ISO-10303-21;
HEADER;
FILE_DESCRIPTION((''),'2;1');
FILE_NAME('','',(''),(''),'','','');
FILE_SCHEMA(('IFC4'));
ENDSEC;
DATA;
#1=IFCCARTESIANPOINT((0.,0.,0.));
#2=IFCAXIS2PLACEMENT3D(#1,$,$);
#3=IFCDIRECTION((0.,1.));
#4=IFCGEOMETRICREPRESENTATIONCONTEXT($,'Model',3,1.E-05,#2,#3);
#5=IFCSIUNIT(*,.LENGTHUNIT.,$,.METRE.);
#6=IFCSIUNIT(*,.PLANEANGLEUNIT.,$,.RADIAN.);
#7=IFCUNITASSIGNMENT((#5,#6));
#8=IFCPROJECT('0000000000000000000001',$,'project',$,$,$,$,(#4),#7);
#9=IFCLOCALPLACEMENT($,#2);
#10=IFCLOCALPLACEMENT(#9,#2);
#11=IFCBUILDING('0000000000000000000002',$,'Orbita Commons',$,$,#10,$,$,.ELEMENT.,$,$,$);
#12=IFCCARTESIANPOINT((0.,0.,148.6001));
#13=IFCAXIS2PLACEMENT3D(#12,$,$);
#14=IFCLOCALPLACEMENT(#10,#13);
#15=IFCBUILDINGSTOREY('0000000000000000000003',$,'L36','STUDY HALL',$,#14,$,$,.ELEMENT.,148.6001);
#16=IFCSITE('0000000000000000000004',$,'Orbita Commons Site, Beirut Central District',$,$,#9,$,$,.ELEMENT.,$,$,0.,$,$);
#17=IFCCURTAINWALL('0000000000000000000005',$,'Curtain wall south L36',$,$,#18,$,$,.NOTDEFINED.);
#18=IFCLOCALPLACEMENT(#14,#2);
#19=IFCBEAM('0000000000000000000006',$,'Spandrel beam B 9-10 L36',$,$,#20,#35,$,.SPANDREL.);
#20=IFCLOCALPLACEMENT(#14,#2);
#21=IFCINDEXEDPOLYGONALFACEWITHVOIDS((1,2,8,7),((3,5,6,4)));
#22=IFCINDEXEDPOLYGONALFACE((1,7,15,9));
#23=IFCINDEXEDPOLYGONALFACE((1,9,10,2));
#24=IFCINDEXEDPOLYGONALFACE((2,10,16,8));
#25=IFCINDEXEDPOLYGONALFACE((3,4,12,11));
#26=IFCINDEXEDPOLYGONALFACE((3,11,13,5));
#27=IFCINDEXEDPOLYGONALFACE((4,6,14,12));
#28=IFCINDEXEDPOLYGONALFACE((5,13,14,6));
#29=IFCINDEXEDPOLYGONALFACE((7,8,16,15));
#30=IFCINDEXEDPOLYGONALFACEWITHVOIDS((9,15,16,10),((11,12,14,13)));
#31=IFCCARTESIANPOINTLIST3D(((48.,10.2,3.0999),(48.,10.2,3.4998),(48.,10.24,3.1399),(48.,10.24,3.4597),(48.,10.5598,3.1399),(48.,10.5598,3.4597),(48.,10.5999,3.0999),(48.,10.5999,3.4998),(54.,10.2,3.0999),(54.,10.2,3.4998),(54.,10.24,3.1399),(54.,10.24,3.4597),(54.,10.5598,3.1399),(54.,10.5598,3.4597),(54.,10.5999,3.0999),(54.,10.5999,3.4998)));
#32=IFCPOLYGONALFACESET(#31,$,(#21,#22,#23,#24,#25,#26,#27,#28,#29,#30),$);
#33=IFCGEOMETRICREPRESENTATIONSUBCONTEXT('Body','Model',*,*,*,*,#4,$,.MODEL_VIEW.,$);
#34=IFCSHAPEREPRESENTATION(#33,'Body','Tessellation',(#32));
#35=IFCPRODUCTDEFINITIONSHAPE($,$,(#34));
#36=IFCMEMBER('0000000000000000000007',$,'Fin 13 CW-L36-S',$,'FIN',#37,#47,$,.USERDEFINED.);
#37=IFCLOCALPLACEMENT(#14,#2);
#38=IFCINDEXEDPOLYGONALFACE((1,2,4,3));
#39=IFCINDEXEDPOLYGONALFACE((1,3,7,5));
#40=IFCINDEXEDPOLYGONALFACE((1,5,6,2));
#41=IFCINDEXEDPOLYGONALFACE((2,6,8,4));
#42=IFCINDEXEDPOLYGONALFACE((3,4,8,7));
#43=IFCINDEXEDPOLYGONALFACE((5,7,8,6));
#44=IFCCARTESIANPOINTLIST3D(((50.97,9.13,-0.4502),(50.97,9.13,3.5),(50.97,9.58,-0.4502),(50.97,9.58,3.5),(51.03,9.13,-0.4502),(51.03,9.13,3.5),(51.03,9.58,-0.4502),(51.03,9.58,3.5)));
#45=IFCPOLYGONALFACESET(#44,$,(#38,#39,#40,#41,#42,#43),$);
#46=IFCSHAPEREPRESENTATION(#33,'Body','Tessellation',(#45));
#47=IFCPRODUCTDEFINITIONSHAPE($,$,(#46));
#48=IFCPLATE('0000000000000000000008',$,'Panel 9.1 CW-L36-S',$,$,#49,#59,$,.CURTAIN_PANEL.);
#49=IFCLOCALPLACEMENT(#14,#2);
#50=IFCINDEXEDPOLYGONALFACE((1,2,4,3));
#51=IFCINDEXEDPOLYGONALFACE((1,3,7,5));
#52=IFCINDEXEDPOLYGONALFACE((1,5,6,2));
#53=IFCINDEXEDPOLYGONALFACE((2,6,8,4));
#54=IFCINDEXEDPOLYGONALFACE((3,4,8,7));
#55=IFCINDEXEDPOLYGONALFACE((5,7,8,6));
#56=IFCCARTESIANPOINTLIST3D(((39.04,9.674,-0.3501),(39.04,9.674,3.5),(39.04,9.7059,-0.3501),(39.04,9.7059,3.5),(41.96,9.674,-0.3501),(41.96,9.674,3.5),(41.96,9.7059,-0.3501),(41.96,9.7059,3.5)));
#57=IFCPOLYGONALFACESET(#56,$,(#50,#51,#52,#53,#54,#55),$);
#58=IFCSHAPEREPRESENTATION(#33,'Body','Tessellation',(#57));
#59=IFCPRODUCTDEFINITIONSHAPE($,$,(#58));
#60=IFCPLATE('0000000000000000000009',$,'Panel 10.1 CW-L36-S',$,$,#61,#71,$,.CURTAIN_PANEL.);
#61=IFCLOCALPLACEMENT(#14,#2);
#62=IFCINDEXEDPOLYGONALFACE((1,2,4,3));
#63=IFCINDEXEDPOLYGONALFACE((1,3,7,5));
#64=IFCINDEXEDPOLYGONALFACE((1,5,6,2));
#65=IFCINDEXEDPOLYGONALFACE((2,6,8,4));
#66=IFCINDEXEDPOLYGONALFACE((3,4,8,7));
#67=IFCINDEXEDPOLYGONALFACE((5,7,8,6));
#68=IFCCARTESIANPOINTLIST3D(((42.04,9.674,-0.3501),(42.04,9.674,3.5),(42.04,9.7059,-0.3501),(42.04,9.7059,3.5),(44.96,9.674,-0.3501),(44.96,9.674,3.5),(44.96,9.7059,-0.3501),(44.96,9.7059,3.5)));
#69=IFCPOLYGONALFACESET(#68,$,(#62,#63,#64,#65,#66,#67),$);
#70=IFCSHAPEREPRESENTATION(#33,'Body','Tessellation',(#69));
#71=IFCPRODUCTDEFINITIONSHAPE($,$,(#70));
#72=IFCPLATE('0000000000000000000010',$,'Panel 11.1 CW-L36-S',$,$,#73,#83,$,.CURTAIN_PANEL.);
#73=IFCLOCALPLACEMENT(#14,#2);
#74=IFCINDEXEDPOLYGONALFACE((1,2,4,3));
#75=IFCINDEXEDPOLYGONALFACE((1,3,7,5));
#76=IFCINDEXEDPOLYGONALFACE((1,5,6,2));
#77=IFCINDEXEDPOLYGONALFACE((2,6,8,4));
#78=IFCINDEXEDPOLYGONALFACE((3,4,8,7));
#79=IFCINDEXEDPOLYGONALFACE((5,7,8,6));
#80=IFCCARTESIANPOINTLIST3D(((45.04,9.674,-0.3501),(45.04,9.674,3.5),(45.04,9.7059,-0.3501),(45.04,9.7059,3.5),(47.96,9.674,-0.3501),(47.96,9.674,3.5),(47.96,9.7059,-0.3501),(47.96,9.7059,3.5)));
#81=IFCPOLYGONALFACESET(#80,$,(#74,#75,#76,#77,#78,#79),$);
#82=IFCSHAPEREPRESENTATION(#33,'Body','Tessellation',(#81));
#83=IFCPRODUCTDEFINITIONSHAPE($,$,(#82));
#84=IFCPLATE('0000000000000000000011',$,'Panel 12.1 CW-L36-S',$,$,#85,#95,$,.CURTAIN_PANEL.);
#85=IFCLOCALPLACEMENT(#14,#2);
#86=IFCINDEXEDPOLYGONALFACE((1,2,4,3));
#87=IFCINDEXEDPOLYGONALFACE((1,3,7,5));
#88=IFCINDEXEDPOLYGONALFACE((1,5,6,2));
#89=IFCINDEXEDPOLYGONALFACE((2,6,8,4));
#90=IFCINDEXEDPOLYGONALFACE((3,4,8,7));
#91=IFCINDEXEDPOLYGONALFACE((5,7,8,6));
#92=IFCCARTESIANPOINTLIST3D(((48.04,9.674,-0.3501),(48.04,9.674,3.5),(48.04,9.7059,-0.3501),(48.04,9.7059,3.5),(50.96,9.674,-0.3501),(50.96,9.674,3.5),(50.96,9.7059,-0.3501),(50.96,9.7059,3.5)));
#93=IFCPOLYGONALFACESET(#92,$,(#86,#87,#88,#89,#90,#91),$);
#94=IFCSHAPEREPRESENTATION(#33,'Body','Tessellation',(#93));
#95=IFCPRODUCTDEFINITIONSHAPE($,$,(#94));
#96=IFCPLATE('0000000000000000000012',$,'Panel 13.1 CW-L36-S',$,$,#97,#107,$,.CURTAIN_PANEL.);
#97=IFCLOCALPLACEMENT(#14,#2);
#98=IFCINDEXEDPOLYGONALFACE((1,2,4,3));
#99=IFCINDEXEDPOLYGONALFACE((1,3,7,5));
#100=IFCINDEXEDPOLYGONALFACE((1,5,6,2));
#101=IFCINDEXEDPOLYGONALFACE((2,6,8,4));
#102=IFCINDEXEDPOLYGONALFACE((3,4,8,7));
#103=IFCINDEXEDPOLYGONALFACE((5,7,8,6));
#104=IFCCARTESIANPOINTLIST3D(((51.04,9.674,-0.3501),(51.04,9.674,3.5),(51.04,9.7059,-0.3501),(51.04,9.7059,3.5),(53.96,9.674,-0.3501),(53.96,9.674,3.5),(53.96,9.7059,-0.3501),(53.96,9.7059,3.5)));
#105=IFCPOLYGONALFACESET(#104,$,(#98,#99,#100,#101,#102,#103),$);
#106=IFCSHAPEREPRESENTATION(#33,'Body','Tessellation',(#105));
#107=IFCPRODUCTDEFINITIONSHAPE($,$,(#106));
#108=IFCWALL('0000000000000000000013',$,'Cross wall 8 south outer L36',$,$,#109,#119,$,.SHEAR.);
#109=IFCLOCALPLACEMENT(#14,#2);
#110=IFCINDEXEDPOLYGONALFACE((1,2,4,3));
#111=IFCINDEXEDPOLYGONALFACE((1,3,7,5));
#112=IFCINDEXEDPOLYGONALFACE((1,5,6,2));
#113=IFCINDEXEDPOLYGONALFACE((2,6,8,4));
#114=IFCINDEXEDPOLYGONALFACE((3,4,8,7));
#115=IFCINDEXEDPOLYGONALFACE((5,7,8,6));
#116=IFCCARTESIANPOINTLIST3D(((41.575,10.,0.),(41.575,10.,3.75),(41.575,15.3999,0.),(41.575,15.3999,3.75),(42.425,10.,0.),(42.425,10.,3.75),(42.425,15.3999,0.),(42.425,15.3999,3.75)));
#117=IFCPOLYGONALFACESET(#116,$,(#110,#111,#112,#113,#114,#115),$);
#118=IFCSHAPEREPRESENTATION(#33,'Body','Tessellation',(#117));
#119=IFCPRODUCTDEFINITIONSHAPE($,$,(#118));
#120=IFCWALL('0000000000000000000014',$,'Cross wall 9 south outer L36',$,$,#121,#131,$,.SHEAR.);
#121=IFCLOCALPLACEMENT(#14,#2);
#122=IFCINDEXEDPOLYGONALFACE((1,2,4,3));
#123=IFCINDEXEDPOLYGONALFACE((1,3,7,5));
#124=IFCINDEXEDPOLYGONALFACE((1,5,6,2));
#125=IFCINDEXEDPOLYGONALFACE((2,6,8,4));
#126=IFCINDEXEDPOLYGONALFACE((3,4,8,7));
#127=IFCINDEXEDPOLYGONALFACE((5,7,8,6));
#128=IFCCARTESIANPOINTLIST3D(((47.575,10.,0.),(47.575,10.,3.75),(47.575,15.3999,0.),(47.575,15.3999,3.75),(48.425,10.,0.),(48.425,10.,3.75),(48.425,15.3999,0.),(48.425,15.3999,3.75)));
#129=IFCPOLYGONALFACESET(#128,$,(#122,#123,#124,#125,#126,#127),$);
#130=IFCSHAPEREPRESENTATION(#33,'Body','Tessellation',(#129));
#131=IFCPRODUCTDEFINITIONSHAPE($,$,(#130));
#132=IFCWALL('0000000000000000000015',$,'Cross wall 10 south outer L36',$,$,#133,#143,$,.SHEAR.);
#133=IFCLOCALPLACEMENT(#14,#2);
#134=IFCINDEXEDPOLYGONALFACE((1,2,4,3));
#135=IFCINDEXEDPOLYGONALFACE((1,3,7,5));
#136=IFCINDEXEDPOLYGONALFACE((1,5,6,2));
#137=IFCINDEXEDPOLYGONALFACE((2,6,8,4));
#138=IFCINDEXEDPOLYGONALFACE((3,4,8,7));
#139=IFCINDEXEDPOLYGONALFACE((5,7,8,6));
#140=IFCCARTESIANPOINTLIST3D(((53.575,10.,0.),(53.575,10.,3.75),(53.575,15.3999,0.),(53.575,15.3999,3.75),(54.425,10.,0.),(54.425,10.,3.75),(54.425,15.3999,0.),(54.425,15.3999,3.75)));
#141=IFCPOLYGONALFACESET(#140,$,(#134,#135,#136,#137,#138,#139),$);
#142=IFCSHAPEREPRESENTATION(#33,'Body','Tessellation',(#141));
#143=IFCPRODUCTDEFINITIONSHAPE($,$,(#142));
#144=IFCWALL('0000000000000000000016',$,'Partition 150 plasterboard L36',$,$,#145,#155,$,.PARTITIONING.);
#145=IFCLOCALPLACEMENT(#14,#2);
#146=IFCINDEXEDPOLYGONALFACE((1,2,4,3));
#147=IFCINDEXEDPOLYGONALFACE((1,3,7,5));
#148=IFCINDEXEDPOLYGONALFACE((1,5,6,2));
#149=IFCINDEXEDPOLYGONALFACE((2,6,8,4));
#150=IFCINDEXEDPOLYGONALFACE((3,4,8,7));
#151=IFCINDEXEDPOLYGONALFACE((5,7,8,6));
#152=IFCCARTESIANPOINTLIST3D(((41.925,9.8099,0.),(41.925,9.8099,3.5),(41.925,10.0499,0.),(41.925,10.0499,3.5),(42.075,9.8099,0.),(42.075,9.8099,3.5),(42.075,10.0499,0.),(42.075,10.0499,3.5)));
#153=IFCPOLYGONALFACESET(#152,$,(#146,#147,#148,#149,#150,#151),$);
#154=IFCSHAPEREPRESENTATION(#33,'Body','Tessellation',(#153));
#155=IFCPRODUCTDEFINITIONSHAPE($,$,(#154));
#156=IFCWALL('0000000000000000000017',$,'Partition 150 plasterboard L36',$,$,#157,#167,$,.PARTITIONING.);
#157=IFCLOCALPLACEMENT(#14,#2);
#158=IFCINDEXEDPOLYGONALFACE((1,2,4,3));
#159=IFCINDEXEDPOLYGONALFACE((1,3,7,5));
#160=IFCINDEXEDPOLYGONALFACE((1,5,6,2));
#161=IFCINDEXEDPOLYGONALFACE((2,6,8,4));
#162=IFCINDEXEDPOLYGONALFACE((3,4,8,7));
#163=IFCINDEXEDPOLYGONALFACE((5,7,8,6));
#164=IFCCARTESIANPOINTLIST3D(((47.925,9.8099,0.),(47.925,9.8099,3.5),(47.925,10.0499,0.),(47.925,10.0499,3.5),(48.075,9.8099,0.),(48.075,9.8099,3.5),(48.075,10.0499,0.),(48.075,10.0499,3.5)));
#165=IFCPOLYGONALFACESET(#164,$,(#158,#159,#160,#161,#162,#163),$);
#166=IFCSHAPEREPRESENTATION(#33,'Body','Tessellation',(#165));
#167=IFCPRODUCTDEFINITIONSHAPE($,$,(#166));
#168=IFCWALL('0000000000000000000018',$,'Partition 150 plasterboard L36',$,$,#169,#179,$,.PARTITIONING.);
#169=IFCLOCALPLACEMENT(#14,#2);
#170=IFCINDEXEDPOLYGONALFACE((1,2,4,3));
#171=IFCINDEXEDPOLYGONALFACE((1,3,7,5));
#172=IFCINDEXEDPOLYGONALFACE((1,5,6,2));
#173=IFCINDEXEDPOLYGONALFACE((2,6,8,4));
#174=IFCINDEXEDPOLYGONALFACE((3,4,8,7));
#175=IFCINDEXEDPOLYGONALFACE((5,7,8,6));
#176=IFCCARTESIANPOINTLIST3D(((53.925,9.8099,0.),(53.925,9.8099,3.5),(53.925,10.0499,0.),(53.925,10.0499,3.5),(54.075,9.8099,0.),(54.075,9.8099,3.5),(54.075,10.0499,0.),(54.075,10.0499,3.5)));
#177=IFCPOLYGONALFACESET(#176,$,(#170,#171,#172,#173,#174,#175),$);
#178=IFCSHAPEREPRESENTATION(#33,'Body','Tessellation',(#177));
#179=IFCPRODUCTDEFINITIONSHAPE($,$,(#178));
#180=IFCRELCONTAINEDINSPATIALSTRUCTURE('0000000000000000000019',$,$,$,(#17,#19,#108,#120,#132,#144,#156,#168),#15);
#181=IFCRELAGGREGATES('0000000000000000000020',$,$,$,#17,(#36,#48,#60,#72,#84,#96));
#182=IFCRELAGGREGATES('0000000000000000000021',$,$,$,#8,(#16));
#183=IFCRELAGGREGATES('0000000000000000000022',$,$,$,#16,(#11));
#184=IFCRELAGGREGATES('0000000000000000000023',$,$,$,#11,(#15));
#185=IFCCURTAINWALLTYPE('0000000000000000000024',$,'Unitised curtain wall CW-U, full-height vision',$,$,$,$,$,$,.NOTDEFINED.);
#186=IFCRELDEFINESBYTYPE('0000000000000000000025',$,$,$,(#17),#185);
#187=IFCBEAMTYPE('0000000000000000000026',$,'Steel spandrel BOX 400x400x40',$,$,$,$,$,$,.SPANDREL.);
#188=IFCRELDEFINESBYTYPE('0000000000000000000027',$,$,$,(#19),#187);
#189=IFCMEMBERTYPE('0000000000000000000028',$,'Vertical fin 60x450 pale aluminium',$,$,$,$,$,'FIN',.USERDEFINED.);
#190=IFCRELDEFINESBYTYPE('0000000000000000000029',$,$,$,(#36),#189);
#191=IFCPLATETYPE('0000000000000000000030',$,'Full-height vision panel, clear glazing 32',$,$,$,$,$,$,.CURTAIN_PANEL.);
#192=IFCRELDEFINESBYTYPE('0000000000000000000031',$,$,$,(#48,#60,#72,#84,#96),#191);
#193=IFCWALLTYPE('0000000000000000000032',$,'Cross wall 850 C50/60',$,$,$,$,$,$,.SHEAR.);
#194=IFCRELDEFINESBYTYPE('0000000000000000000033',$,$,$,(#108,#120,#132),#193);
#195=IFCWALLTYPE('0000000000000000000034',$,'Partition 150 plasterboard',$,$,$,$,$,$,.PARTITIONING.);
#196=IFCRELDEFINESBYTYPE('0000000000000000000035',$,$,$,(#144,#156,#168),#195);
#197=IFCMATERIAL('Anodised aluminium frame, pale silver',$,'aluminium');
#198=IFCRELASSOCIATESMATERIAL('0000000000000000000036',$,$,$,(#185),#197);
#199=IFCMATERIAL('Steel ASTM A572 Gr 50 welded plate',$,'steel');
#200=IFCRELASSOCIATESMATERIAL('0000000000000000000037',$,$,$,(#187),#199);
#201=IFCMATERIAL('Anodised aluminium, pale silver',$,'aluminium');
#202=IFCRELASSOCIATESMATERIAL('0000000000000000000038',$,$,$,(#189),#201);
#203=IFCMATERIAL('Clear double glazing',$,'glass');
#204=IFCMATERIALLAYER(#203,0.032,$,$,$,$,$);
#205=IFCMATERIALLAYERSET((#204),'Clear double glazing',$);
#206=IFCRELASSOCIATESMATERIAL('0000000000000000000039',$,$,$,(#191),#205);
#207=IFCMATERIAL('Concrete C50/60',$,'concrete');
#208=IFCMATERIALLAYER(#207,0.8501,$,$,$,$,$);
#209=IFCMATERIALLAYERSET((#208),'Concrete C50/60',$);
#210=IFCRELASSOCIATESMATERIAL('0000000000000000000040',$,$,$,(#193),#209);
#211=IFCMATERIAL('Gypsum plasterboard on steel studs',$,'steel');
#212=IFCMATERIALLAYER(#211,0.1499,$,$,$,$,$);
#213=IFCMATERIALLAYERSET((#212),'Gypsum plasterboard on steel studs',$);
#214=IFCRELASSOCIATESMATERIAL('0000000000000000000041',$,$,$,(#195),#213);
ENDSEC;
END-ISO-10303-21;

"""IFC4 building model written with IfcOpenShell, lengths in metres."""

from ifc_helpers import new_model, si_unit, direction, frame, frame_2d, origin, origin_2d, place, context, subcontext, project, spatial, rectangle, hollow_rectangle, extrude, material, layer, layer_set, material_profile, profile_set, type_object, element, aggregate, save


model = new_model("IFC4")

# Units and contexts
model_context = context("Model", 3, precision=1e-05, world=origin(), true_north=direction((0.0, 1.0)))
body_context = subcontext(model_context, "Body", "Model", "MODEL_VIEW")
ifc_project = project(units=[si_unit("LENGTHUNIT", "METRE"), si_unit("PLANEANGLEUNIT", "RADIAN")], contexts=[model_context])

# Site, building, storey
site_placement = place(None, origin())
site = spatial("IfcSite", under=ifc_project, at=site_placement, Name="Orbita Commons Site, Beirut Central District", CompositionType="ELEMENT", RefElevation=0.0)
building_placement = place(site_placement, origin())
building = spatial("IfcBuilding", under=site, at=building_placement, Name="Orbita Commons", CompositionType="ELEMENT")
storey_placement = place(building_placement, frame((0.0, 0.0, 148.6001)))
storey = spatial("IfcBuildingStorey", under=building, at=storey_placement, Name="L36", Description="STUDY HALL", CompositionType="ELEMENT", Elevation=148.6001)

# Curtain wall
ifc_material_1 = material(Name="Anodised aluminium frame, pale silver", Category="aluminium")
curtain_wall_type = type_object("IfcCurtainWallType", Name="Unitised curtain wall CW-U, full-height vision", PredefinedType="NOTDEFINED", material=ifc_material_1)
curtain_wall_placement = place(storey_placement, origin())
curtain_wall = element("IfcCurtainWall", 1, at=curtain_wall_placement, inside=storey, type_object=curtain_wall_type, Name="Curtain wall south L36", PredefinedType="NOTDEFINED")

# Beam
ifc_material_2 = material(Name="Steel ASTM A572 Gr 50 welded plate", Category="steel")
ifc_material_profile_1 = material_profile(ifc_material_2, hollow_rectangle(XDim=0.3999, YDim=0.3999, WallThickness=0.04, at=origin_2d()), Name="BOX 400x400x40")
ifc_profile_set_1 = profile_set([ifc_material_profile_1], Name="Steel ASTM A572 Gr 50 welded plate")
beam_type = type_object("IfcBeamType", Name="Steel spandrel BOX 400x400x40", PredefinedType="SPANDREL", material=ifc_profile_set_1)
for number, where, z_axis, x_axis, name in (
    (2, (48.0, 10.3999, 3.2998), (1.0, 0.0, 0.0), (0.0, 1.0, 0.0), "Spandrel beam B 9-10 L36"),
):
    element("IfcBeam", number, at=place(storey_placement, frame(where, z_axis=z_axis, x_axis=x_axis)), inside=storey, type_object=beam_type, Name=name, PredefinedType="SPANDREL", context=body_context, shape_type="SweptSolid", body=[
        extrude(hollow_rectangle(XDim=0.3999, YDim=0.3999, WallThickness=0.04, at=origin_2d()), origin(), (0.0, 0.0, 1.0), 6.0),
    ])

# Member
ifc_material_3 = material(Name="Anodised aluminium, pale silver", Category="aluminium")
ifc_material_profile_2 = material_profile(ifc_material_3, rectangle(XDim=0.0601, YDim=0.45, at=origin_2d()), Name="FIN 60x450")
ifc_profile_set_2 = profile_set([ifc_material_profile_2], Name="Anodised aluminium, pale silver")
member_type_1 = type_object("IfcMemberType", Name="Vertical fin 60x450 pale aluminium", ElementType="FIN", PredefinedType="USERDEFINED", material=ifc_profile_set_2)
member_1_placement = place(storey_placement, frame((51.0, 9.355, -0.4502), z_axis=(0.0, 0.0, 1.0), x_axis=(1.0, 0.0, 0.0)))
member_1 = element("IfcMember", 3, at=member_1_placement, type_object=member_type_1, Name="Fin 13 CW-L36-S", ObjectType="FIN", PredefinedType="USERDEFINED", context=body_context, shape_type="SweptSolid", body=[
    extrude(rectangle(XDim=0.0601, YDim=0.45, at=origin_2d()), origin(), (0.0, 0.0, 1.0), 3.9502),
])

# Plates
ifc_material_4 = material(Name="Clear double glazing", Category="glass")
ifc_layer_1 = layer(ifc_material_4, 0.032)
ifc_layer_set_1 = layer_set([ifc_layer_1], Name="Clear double glazing")
plate_type = type_object("IfcPlateType", Name="Full-height vision panel, clear glazing 32", PredefinedType="CURTAIN_PANEL", material=ifc_layer_set_1)
plate_1_placement = place(storey_placement, frame((40.5, 9.6899, -0.3501), z_axis=(0.0, 0.0, 1.0), x_axis=(1.0, 0.0, 0.0)))
plate_1 = element("IfcPlate", 4, at=plate_1_placement, type_object=plate_type, Name="Panel 9.1 CW-L36-S", PredefinedType="CURTAIN_PANEL", context=body_context, shape_type="SweptSolid", body=[
    extrude(rectangle(XDim=2.9199, YDim=0.032, at=origin_2d()), origin(), (0.0, 0.0, 1.0), 3.8501),
])
plate_2_placement = place(storey_placement, frame((43.5, 9.6899, -0.3501), z_axis=(0.0, 0.0, 1.0), x_axis=(1.0, 0.0, 0.0)))
plate_2 = element("IfcPlate", 5, at=plate_2_placement, type_object=plate_type, Name="Panel 10.1 CW-L36-S", PredefinedType="CURTAIN_PANEL", context=body_context, shape_type="SweptSolid", body=[
    extrude(rectangle(XDim=2.9199, YDim=0.032, at=origin_2d()), origin(), (0.0, 0.0, 1.0), 3.8501),
])
plate_3_placement = place(storey_placement, frame((46.5, 9.6899, -0.3501), z_axis=(0.0, 0.0, 1.0), x_axis=(1.0, 0.0, 0.0)))
plate_3 = element("IfcPlate", 6, at=plate_3_placement, type_object=plate_type, Name="Panel 11.1 CW-L36-S", PredefinedType="CURTAIN_PANEL", context=body_context, shape_type="SweptSolid", body=[
    extrude(rectangle(XDim=2.9199, YDim=0.032, at=origin_2d()), origin(), (0.0, 0.0, 1.0), 3.8501),
])
plate_4_placement = place(storey_placement, frame((49.5, 9.6899, -0.3501), z_axis=(0.0, 0.0, 1.0), x_axis=(1.0, 0.0, 0.0)))
plate_4 = element("IfcPlate", 7, at=plate_4_placement, type_object=plate_type, Name="Panel 12.1 CW-L36-S", PredefinedType="CURTAIN_PANEL", context=body_context, shape_type="SweptSolid", body=[
    extrude(rectangle(XDim=2.9199, YDim=0.032, at=origin_2d()), origin(), (0.0, 0.0, 1.0), 3.8501),
])
plate_5_placement = place(storey_placement, frame((52.5, 9.6899, -0.3501), z_axis=(0.0, 0.0, 1.0), x_axis=(1.0, 0.0, 0.0)))
plate_5 = element("IfcPlate", 8, at=plate_5_placement, type_object=plate_type, Name="Panel 13.1 CW-L36-S", PredefinedType="CURTAIN_PANEL", context=body_context, shape_type="SweptSolid", body=[
    extrude(rectangle(XDim=2.9199, YDim=0.032, at=origin_2d()), origin(), (0.0, 0.0, 1.0), 3.8501),
])
aggregate(curtain_wall, [member_1, plate_1, plate_2, plate_3, plate_4, plate_5])

# Walls
ifc_material_5 = material(Name="Concrete C50/60", Category="concrete")
ifc_layer_2 = layer(ifc_material_5, 0.8501)
ifc_layer_set_2 = layer_set([ifc_layer_2], Name="Concrete C50/60")
wall_type_1 = type_object("IfcWallType", Name="Cross wall 850 C50/60", PredefinedType="SHEAR", material=ifc_layer_set_2)
for number, where, z_axis, x_axis, name in (
    (9, (42.0, 10.0, 0.0), (0.0, 0.0, 1.0), (0.0, 1.0, 0.0), "Cross wall 8 south outer L36"),
    (10, (48.0, 10.0, 0.0), (0.0, 0.0, 1.0), (0.0, 1.0, 0.0), "Cross wall 9 south outer L36"),
    (11, (54.0, 10.0, 0.0), (0.0, 0.0, 1.0), (0.0, 1.0, 0.0), "Cross wall 10 south outer L36"),
):
    element("IfcWall", number, at=place(storey_placement, frame(where, z_axis=z_axis, x_axis=x_axis)), inside=storey, type_object=wall_type_1, Name=name, PredefinedType="SHEAR", context=body_context, shape_type="SweptSolid", body=[
        extrude(rectangle(XDim=5.3999, YDim=0.8501, at=frame_2d((2.7, 0.0))), origin(), (0.0, 0.0, 1.0), 3.75),
    ])
ifc_material_6 = material(Name="Gypsum plasterboard on steel studs", Category="steel")
ifc_layer_3 = layer(ifc_material_6, 0.1499)
ifc_layer_set_3 = layer_set([ifc_layer_3], Name="Gypsum plasterboard on steel studs")
wall_type_2 = type_object("IfcWallType", Name="Partition 150 plasterboard", PredefinedType="PARTITIONING", material=ifc_layer_set_3)
for number, where, z_axis, x_axis, name in (
    (12, (42.0, 10.05, 0.0), (0.0, 0.0, 1.0), (0.0, -1.0, 0.0), "Partition 150 plasterboard L36"),
    (13, (48.0, 10.05, 0.0), (0.0, 0.0, 1.0), (0.0, -1.0, 0.0), "Partition 150 plasterboard L36"),
    (14, (54.0, 10.05, 0.0), (0.0, 0.0, 1.0), (0.0, -1.0, 0.0), "Partition 150 plasterboard L36"),
):
    element("IfcWall", number, at=place(storey_placement, frame(where, z_axis=z_axis, x_axis=x_axis)), inside=storey, type_object=wall_type_2, Name=name, PredefinedType="PARTITIONING", context=body_context, shape_type="SweptSolid", body=[
        extrude(rectangle(XDim=0.24, YDim=0.1499, at=frame_2d((0.1201, 0.0))), origin(), (0.0, 0.0, 1.0), 3.5),
    ])

save(model, "model.ifc")
